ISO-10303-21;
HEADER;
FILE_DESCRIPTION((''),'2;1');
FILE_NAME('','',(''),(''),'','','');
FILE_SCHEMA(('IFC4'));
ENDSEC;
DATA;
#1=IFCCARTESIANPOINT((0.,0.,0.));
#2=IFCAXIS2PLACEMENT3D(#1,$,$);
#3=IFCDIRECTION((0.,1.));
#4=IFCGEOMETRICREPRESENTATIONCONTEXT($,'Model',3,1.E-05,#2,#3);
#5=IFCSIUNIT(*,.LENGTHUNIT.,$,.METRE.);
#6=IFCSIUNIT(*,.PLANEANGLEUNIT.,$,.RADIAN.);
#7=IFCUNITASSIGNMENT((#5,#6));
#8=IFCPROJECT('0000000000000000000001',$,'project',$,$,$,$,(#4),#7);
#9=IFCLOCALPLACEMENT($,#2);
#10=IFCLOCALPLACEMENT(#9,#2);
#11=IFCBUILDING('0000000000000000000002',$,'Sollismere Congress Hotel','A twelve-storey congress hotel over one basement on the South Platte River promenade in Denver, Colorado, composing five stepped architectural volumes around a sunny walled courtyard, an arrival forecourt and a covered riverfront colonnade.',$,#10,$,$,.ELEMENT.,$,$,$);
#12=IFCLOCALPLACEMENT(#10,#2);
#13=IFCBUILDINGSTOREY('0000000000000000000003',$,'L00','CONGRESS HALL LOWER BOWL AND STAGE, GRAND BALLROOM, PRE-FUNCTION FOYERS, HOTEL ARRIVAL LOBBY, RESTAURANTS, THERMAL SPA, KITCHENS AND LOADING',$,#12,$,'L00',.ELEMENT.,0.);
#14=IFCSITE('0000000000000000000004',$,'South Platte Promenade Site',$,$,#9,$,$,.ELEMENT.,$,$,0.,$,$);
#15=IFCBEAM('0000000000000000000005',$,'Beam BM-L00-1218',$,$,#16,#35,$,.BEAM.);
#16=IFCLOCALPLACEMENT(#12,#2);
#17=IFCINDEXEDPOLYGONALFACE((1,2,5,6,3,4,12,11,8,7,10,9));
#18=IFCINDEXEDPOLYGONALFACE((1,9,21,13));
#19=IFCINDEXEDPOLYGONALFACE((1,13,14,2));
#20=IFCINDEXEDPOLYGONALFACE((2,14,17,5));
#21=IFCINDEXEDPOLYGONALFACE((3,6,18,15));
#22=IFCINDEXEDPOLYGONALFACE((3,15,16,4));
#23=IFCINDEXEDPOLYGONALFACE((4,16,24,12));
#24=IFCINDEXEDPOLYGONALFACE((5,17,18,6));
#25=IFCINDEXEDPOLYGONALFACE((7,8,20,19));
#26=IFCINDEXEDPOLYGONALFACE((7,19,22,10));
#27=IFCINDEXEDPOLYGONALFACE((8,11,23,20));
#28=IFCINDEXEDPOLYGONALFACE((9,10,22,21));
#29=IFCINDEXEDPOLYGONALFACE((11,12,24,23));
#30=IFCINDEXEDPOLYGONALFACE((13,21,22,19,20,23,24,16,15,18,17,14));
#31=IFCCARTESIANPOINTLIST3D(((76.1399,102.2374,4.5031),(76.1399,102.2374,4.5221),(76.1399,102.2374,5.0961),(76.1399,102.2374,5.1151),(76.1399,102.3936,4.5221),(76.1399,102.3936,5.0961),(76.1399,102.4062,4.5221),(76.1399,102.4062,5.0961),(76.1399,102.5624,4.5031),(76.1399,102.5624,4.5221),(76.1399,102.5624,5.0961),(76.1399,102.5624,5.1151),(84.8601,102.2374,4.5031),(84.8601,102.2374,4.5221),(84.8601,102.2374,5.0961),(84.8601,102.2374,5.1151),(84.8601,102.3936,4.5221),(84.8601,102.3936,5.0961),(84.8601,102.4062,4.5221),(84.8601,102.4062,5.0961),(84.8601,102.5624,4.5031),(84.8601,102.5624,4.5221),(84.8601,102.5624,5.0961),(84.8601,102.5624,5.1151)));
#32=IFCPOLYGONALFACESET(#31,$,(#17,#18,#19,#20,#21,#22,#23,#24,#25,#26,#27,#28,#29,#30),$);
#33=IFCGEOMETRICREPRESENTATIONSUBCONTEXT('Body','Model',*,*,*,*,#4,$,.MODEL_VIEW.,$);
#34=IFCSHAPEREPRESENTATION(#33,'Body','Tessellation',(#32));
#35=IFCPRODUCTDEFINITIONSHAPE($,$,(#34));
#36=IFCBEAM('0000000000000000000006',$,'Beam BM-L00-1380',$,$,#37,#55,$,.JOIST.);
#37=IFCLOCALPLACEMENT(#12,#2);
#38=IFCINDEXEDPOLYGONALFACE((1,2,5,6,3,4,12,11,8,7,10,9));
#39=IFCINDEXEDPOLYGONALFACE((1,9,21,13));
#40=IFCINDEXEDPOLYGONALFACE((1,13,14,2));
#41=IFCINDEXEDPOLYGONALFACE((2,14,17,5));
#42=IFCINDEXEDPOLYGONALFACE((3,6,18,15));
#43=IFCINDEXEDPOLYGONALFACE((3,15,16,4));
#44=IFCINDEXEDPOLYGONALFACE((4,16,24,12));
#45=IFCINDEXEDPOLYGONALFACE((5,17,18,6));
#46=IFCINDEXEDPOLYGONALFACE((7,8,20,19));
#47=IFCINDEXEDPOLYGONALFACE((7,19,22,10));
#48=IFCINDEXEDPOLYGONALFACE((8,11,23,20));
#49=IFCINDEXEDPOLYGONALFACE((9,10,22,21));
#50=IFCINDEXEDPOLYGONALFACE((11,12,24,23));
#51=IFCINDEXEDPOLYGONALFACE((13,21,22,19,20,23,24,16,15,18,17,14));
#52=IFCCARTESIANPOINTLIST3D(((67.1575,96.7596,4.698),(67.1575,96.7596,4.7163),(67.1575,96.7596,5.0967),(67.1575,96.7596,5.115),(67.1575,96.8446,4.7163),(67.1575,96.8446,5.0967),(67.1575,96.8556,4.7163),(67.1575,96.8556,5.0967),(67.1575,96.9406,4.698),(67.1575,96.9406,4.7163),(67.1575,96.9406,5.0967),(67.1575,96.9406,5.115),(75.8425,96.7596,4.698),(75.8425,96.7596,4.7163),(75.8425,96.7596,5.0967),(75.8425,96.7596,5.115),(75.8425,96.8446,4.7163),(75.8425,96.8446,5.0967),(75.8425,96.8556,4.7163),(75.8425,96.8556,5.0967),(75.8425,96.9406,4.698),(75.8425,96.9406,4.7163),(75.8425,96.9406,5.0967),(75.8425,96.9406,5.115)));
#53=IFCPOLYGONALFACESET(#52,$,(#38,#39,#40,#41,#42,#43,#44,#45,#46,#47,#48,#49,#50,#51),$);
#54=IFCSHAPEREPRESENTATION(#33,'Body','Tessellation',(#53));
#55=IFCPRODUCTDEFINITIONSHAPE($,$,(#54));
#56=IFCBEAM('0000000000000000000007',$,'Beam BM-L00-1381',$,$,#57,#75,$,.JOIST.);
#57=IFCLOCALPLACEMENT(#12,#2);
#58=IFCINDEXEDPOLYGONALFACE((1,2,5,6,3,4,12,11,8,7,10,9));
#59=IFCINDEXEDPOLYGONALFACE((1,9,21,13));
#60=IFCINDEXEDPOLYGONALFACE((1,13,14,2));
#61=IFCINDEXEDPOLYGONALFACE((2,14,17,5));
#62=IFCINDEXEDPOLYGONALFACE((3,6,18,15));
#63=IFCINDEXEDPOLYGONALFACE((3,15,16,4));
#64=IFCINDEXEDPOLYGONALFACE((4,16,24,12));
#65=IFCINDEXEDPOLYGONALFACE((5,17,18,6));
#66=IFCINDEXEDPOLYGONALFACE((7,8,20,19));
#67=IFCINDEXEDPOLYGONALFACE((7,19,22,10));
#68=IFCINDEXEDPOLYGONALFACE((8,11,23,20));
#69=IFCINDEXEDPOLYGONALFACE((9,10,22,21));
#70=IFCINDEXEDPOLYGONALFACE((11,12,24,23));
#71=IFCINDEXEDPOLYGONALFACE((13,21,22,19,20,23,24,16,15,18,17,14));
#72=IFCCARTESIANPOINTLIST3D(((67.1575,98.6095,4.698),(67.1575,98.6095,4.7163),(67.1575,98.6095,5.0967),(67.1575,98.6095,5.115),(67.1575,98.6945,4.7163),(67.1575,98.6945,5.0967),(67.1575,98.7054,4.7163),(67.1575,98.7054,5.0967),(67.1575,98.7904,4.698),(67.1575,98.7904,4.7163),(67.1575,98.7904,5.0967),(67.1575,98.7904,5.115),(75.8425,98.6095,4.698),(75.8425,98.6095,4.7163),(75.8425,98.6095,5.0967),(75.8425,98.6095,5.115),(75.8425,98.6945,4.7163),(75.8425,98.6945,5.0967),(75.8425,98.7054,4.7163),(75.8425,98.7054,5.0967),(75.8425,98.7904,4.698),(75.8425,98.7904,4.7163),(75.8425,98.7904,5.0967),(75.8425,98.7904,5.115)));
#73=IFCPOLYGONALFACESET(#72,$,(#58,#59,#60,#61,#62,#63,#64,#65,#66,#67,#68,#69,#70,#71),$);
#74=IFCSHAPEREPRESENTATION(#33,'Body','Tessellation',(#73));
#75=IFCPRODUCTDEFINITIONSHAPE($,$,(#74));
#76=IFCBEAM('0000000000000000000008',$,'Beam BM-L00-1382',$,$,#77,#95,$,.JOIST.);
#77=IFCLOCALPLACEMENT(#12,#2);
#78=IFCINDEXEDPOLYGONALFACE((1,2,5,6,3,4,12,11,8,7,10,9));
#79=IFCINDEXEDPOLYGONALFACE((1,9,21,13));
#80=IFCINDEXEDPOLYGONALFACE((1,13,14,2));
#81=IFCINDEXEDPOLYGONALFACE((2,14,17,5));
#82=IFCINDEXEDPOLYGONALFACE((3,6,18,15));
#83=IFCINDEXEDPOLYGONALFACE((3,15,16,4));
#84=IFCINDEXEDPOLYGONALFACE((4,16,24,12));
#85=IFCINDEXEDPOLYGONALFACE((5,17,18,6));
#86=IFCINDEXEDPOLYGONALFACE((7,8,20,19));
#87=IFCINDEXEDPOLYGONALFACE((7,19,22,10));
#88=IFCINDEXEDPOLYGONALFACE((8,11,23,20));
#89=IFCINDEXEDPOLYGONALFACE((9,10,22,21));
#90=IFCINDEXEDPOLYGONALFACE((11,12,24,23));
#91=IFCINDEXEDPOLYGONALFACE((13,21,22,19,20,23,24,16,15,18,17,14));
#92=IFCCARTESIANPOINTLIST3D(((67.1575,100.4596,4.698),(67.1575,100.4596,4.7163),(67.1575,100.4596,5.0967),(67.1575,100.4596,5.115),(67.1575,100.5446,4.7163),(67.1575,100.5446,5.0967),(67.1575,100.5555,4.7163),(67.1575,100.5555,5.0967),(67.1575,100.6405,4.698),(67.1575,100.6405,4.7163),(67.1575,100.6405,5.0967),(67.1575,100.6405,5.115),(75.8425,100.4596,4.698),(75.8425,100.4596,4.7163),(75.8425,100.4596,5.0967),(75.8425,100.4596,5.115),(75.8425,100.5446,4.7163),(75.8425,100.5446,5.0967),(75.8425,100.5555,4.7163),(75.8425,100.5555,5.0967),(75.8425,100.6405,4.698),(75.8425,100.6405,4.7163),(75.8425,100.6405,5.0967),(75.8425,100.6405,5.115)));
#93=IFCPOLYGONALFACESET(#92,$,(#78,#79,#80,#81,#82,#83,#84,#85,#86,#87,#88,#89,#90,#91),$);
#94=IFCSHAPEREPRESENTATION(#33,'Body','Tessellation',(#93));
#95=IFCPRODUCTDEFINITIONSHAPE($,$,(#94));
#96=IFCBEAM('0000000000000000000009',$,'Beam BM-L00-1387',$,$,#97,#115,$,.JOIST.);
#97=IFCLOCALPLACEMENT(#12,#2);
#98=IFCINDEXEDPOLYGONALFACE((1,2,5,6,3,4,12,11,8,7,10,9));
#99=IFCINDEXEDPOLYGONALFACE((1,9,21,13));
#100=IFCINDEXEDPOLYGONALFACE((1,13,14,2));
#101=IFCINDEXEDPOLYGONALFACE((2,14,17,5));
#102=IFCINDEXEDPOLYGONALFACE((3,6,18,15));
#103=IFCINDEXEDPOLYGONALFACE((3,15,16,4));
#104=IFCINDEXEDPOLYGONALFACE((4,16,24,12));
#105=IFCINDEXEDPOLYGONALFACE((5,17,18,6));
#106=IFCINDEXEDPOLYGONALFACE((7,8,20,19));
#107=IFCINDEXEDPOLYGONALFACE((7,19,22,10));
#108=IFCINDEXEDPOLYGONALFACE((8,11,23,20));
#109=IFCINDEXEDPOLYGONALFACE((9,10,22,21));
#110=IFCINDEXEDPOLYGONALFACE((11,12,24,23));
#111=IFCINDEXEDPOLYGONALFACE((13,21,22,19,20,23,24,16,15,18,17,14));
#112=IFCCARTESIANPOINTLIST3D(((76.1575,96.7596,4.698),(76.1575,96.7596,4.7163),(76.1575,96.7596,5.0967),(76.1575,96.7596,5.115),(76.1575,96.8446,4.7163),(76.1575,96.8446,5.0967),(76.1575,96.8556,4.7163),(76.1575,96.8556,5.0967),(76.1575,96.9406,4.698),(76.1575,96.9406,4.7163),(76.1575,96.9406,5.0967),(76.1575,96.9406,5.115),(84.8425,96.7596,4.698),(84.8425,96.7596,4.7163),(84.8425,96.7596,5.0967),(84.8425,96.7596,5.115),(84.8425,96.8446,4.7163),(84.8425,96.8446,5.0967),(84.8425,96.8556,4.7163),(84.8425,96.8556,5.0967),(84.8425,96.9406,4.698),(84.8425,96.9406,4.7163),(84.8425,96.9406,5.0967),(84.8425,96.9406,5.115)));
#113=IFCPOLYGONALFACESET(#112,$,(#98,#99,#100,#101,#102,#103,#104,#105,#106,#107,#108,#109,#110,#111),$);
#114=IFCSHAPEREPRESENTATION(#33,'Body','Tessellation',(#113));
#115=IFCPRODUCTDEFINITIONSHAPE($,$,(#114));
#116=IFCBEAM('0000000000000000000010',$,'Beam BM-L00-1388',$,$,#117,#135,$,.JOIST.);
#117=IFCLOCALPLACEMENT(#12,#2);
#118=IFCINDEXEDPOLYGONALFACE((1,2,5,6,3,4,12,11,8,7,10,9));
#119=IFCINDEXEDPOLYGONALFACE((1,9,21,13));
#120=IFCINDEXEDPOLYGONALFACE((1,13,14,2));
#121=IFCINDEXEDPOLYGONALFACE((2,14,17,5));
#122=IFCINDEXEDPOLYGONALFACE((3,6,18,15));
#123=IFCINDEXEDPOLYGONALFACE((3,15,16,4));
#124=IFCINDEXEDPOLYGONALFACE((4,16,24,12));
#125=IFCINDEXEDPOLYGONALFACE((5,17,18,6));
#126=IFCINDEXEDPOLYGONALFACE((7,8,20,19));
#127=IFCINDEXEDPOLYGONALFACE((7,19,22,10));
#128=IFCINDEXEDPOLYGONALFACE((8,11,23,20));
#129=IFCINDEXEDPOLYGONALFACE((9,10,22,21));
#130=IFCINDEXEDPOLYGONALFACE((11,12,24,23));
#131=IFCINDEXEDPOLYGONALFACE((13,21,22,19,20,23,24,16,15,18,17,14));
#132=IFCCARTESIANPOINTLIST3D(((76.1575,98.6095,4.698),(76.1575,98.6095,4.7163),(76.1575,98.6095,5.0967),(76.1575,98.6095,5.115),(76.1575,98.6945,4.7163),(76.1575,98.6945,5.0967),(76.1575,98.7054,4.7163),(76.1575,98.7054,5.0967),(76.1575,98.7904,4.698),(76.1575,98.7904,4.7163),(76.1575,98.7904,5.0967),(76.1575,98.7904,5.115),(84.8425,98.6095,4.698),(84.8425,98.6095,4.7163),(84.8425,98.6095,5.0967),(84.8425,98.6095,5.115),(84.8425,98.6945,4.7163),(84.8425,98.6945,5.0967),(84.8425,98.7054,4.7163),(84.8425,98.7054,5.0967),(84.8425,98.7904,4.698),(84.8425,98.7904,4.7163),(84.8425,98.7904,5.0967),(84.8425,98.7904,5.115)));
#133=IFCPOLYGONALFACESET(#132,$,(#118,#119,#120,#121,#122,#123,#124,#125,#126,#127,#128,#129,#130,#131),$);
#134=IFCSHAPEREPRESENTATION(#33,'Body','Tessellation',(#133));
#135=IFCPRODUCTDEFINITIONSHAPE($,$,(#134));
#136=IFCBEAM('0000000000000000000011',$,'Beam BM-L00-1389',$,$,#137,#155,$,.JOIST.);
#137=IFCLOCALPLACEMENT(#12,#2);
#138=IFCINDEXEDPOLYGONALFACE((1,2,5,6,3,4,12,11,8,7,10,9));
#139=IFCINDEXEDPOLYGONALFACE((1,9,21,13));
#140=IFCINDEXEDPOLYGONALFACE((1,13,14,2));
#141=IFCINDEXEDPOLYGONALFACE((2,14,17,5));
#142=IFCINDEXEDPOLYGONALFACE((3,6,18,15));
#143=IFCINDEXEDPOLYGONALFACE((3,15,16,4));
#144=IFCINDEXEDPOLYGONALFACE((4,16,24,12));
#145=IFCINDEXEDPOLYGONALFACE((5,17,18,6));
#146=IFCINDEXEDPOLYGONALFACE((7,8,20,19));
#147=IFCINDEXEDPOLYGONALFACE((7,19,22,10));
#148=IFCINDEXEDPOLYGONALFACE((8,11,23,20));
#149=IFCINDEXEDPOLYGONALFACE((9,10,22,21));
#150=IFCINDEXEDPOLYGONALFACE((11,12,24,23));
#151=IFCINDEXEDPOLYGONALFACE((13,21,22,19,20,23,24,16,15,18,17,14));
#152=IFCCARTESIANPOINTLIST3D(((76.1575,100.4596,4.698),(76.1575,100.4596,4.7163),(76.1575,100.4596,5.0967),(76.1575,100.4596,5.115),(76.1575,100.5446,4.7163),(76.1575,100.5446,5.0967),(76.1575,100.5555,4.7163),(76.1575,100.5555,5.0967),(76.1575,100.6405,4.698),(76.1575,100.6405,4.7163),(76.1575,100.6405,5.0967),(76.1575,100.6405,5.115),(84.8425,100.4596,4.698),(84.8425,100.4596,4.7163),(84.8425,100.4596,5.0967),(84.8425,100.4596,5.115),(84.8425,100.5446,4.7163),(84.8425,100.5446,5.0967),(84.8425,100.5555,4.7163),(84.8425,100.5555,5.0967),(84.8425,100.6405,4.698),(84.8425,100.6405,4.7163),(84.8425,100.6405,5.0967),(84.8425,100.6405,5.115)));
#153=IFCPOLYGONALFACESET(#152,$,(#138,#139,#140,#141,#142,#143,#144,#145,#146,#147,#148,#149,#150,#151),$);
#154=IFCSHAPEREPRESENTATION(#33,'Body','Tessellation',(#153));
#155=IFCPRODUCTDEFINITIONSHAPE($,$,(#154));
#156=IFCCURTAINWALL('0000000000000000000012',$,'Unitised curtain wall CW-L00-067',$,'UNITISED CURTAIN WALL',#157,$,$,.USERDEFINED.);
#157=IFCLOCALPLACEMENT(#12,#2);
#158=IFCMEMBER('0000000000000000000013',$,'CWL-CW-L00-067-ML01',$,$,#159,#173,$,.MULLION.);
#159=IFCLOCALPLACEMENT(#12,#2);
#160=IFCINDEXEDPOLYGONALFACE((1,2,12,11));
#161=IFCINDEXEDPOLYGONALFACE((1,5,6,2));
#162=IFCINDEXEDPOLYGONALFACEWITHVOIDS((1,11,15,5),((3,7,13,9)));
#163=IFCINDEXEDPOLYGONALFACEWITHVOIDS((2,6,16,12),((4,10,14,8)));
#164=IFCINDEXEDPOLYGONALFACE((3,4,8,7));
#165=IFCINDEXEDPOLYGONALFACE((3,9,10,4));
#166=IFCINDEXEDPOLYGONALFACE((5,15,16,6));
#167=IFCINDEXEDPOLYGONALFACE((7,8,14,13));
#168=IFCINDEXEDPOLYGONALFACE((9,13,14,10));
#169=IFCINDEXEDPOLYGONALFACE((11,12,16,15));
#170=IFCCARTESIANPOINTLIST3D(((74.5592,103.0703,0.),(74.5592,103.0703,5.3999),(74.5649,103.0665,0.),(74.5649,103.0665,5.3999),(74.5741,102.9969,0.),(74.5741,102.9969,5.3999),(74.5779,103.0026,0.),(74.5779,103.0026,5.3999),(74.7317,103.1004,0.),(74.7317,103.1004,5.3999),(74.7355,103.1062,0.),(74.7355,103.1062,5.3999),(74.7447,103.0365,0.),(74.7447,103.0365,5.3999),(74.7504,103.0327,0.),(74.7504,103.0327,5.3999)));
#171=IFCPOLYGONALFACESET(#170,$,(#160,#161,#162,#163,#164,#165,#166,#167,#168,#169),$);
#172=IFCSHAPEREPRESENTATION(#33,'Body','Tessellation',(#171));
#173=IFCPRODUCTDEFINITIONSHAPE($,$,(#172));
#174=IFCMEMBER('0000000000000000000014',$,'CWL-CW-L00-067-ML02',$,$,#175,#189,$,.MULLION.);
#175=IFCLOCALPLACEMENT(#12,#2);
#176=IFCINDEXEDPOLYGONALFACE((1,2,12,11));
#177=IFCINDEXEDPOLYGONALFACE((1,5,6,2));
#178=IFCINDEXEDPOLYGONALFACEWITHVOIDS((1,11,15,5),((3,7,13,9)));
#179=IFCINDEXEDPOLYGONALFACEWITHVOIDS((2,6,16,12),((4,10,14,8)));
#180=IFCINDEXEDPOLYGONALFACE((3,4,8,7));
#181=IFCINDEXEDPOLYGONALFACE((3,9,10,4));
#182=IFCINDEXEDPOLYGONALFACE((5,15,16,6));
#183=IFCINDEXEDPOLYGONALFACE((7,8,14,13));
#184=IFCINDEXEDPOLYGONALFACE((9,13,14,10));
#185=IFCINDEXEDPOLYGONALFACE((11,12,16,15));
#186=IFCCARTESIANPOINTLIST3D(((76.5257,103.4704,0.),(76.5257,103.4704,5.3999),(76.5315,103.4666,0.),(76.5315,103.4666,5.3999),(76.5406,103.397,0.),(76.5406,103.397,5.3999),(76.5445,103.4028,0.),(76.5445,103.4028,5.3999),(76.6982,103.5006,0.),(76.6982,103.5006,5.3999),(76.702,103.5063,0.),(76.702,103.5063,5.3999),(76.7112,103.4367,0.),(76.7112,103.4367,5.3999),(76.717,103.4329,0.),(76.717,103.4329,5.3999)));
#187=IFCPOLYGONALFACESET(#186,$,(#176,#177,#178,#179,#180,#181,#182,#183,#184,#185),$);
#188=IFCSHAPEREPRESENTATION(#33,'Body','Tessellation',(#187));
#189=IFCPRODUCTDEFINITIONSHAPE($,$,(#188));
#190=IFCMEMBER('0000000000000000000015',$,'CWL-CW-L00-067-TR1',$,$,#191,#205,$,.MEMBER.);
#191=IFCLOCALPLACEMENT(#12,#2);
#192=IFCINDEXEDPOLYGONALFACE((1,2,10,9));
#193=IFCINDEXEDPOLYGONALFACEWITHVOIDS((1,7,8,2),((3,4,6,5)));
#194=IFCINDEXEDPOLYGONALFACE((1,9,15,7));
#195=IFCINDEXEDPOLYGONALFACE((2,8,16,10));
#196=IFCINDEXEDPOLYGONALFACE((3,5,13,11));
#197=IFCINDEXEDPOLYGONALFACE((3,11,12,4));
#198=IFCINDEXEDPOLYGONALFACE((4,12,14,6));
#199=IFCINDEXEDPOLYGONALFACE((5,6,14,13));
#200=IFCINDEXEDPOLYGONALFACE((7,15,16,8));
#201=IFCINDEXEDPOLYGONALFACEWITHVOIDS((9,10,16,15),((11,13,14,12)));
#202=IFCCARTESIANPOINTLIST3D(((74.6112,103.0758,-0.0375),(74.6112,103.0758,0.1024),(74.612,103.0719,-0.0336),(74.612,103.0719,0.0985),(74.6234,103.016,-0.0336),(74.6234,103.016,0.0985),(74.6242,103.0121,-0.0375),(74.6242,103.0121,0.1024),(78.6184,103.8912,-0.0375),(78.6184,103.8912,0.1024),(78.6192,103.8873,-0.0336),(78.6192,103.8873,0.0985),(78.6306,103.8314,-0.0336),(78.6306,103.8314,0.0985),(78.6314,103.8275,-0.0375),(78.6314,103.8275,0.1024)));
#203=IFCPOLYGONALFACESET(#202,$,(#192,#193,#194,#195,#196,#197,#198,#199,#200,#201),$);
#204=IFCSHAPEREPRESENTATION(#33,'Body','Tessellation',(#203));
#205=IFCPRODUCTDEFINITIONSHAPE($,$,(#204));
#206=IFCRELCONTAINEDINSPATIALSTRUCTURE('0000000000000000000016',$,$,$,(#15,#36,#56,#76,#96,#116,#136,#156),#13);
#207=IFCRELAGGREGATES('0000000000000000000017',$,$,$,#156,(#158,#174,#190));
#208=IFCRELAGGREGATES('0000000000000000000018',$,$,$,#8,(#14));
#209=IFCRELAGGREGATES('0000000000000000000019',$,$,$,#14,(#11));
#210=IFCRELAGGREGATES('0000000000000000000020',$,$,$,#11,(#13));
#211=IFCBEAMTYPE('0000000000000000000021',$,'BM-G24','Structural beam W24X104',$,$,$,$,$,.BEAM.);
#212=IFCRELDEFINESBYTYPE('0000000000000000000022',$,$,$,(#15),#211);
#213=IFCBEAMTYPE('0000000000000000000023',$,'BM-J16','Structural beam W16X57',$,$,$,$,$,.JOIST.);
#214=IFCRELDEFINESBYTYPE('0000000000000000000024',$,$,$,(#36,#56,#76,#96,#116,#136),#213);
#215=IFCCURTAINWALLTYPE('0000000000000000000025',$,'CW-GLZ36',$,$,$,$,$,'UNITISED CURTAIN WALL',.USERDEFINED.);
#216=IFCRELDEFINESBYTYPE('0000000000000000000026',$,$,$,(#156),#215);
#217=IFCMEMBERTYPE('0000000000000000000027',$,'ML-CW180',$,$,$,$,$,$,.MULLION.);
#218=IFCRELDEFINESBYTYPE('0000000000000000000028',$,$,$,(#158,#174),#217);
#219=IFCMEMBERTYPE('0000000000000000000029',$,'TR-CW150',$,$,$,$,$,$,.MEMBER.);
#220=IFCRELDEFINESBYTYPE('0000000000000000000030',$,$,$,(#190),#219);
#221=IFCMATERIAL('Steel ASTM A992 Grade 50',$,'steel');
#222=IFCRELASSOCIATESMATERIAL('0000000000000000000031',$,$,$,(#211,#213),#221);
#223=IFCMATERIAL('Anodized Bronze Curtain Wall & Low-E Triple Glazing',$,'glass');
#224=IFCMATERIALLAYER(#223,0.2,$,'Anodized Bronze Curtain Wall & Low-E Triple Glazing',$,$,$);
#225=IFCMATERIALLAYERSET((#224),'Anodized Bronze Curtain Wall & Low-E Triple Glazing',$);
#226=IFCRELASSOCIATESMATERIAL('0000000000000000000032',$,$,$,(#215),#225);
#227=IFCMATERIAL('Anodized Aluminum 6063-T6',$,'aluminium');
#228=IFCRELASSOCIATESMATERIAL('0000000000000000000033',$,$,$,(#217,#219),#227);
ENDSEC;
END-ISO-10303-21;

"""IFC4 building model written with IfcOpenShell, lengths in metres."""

from ifc_helpers import new_model, si_unit, direction, frame, origin, origin_2d, place, context, subcontext, project, spatial, hollow_rectangle, i_section, extrude, material, layer, layer_set, material_profile, profile_set, type_object, element, aggregate, save


model = new_model("IFC4")

# Units and contexts
model_context = context("Model", 3, precision=1e-05, world=origin(), true_north=direction((0.0, 1.0)))
body_context = subcontext(model_context, "Body", "Model", "MODEL_VIEW")
ifc_project = project(units=[si_unit("LENGTHUNIT", "METRE"), si_unit("PLANEANGLEUNIT", "RADIAN")], contexts=[model_context])

# Site, building, storey
site_placement = place(None, origin())
site = spatial("IfcSite", under=ifc_project, at=site_placement, Name="South Platte Promenade Site", CompositionType="ELEMENT", RefElevation=0.0)
building_placement = place(site_placement, origin())
building = spatial("IfcBuilding", under=site, at=building_placement, Name="Sollismere Congress Hotel", Description="A twelve-storey congress hotel over one basement on the South Platte River promenade in Denver, Colorado, composing five stepped architectural volumes around a sunny walled courtyard, an arrival forecourt and a covered riverfront colonnade.", CompositionType="ELEMENT")
storey_placement = place(building_placement, origin())
storey = spatial("IfcBuildingStorey", under=building, at=storey_placement, Name="L00", Description="CONGRESS HALL LOWER BOWL AND STAGE, GRAND BALLROOM, PRE-FUNCTION FOYERS, HOTEL ARRIVAL LOBBY, RESTAURANTS, THERMAL SPA, KITCHENS AND LOADING", LongName="L00", CompositionType="ELEMENT", Elevation=0.0)

# Shared definitions
ifc_material_1 = material(Name="Steel ASTM A992 Grade 50", Category="steel")

# Beams
ifc_material_profile_1 = material_profile(ifc_material_1, i_section(OverallWidth=0.325, OverallDepth=0.6121, WebThickness=0.0127, FlangeThickness=0.019, at=origin_2d()), Name="W24X104")
ifc_profile_set_1 = profile_set([ifc_material_profile_1], Name="Steel ASTM A992 Grade 50")
beam_type_1 = type_object("IfcBeamType", Name="BM-G24", Description="Structural beam W24X104", PredefinedType="BEAM", material=ifc_profile_set_1)
for number, where, z_axis, x_axis, name in (
    (1, (76.1399, 102.3999, 4.8091), (1.0, 0.0, 0.0), (0.0, 1.0, 0.0), "Beam BM-L00-1218"),
):
    element("IfcBeam", number, at=place(storey_placement, frame(where, z_axis=z_axis, x_axis=x_axis)), inside=storey, type_object=beam_type_1, Name=name, PredefinedType="BEAM", context=body_context, shape_type="SweptSolid", body=[
        extrude(i_section(OverallWidth=0.325, OverallDepth=0.6121, WebThickness=0.0127, FlangeThickness=0.019, at=origin_2d()), origin(), (0.0, 0.0, 1.0), 8.7202),
    ])
ifc_material_profile_2 = material_profile(ifc_material_1, i_section(OverallWidth=0.1809, OverallDepth=0.417, WebThickness=0.011, FlangeThickness=0.0183, at=origin_2d()), Name="W16X57")
ifc_profile_set_2 = profile_set([ifc_material_profile_2], Name="Steel ASTM A992 Grade 50")
beam_type_2 = type_object("IfcBeamType", Name="BM-J16", Description="Structural beam W16X57", PredefinedType="JOIST", material=ifc_profile_set_2)
for number, where, z_axis, x_axis, name in (
    (2, (67.1575, 96.8501, 4.9065), (1.0, 0.0, 0.0), (0.0, 1.0, 0.0), "Beam BM-L00-1380"),
    (3, (67.1575, 98.7, 4.9065), (1.0, 0.0, 0.0), (0.0, 1.0, 0.0), "Beam BM-L00-1381"),
    (4, (67.1575, 100.55, 4.9065), (1.0, 0.0, 0.0), (0.0, 1.0, 0.0), "Beam BM-L00-1382"),
    (5, (76.1575, 96.8501, 4.9065), (1.0, 0.0, 0.0), (0.0, 1.0, 0.0), "Beam BM-L00-1387"),
    (6, (76.1575, 98.7, 4.9065), (1.0, 0.0, 0.0), (0.0, 1.0, 0.0), "Beam BM-L00-1388"),
    (7, (76.1575, 100.55, 4.9065), (1.0, 0.0, 0.0), (0.0, 1.0, 0.0), "Beam BM-L00-1389"),
):
    element("IfcBeam", number, at=place(storey_placement, frame(where, z_axis=z_axis, x_axis=x_axis)), inside=storey, type_object=beam_type_2, Name=name, PredefinedType="JOIST", context=body_context, shape_type="SweptSolid", body=[
        extrude(i_section(OverallWidth=0.1809, OverallDepth=0.417, WebThickness=0.011, FlangeThickness=0.0183, at=origin_2d()), origin(), (0.0, 0.0, 1.0), 8.6851),
    ])

# Curtain wall, members
ifc_material_2 = material(Name="Anodized Bronze Curtain Wall & Low-E Triple Glazing", Category="glass")
ifc_layer_1 = layer(ifc_material_2, 0.2, Name="Anodized Bronze Curtain Wall & Low-E Triple Glazing")
ifc_layer_set_1 = layer_set([ifc_layer_1], Name="Anodized Bronze Curtain Wall & Low-E Triple Glazing")
curtain_wall_type = type_object("IfcCurtainWallType", Name="CW-GLZ36", ElementType="UNITISED CURTAIN WALL", PredefinedType="USERDEFINED", material=ifc_layer_set_1)
curtain_wall_placement = place(storey_placement, origin())
curtain_wall = element("IfcCurtainWall", 8, at=curtain_wall_placement, inside=storey, type_object=curtain_wall_type, Name="Unitised curtain wall CW-L00-067", ObjectType="UNITISED CURTAIN WALL", PredefinedType="USERDEFINED")
ifc_material_3 = material(Name="Anodized Aluminum 6063-T6", Category="aluminium")
ifc_material_profile_3 = material_profile(ifc_material_3, hollow_rectangle(XDim=0.075, YDim=0.1799, WallThickness=0.0049, at=origin_2d()), Name="ALU180X75X5")
ifc_profile_set_3 = profile_set([ifc_material_profile_3], Name="Anodized Aluminum 6063-T6")
member_type_1 = type_object("IfcMemberType", Name="ML-CW180", PredefinedType="MULLION", material=ifc_profile_set_3)
member_1_placement = place(storey_placement, frame((74.6548, 103.0515, 0.0), z_axis=(0.0, 0.0, 1.0), x_axis=(-0.199368, 0.979925, 0.0)))
member_1 = element("IfcMember", 9, at=member_1_placement, type_object=member_type_1, Name="CWL-CW-L00-067-ML01", PredefinedType="MULLION", context=body_context, shape_type="SweptSolid", body=[
    extrude(hollow_rectangle(XDim=0.075, YDim=0.1799, WallThickness=0.0049, at=origin_2d()), origin(), (0.0, 0.0, 1.0), 5.3999),
])
member_2_placement = place(storey_placement, frame((76.6213, 103.4517, 0.0), z_axis=(0.0, 0.0, 1.0), x_axis=(-0.199368, 0.979925, 0.0)))
member_2 = element("IfcMember", 10, at=member_2_placement, type_object=member_type_1, Name="CWL-CW-L00-067-ML02", PredefinedType="MULLION", context=body_context, shape_type="SweptSolid", body=[
    extrude(hollow_rectangle(XDim=0.075, YDim=0.1799, WallThickness=0.0049, at=origin_2d()), origin(), (0.0, 0.0, 1.0), 5.3999),
])
ifc_material_profile_4 = material_profile(ifc_material_3, hollow_rectangle(XDim=0.0649, YDim=0.1399, WallThickness=0.0039, at=origin_2d()), Name="ALU140X65X4")
ifc_profile_set_4 = profile_set([ifc_material_profile_4], Name="Anodized Aluminum 6063-T6")
member_type_2 = type_object("IfcMemberType", Name="TR-CW150", PredefinedType="MEMBER", material=ifc_profile_set_4)
member_3_placement = place(storey_placement, frame((74.6177, 103.0439, 0.0325), z_axis=(0.979918, 0.199399, 0.0), x_axis=(-0.199399, 0.979918, 0.0)))
member_3 = element("IfcMember", 11, at=member_3_placement, type_object=member_type_2, Name="CWL-CW-L00-067-TR1", PredefinedType="MEMBER", context=body_context, shape_type="SweptSolid", body=[
    extrude(hollow_rectangle(XDim=0.0649, YDim=0.1399, WallThickness=0.0039, at=origin_2d()), origin(), (0.0, 0.0, 1.0), 4.0894),
])
aggregate(curtain_wall, [member_1, member_2, member_3])

save(model, "model.ifc")
